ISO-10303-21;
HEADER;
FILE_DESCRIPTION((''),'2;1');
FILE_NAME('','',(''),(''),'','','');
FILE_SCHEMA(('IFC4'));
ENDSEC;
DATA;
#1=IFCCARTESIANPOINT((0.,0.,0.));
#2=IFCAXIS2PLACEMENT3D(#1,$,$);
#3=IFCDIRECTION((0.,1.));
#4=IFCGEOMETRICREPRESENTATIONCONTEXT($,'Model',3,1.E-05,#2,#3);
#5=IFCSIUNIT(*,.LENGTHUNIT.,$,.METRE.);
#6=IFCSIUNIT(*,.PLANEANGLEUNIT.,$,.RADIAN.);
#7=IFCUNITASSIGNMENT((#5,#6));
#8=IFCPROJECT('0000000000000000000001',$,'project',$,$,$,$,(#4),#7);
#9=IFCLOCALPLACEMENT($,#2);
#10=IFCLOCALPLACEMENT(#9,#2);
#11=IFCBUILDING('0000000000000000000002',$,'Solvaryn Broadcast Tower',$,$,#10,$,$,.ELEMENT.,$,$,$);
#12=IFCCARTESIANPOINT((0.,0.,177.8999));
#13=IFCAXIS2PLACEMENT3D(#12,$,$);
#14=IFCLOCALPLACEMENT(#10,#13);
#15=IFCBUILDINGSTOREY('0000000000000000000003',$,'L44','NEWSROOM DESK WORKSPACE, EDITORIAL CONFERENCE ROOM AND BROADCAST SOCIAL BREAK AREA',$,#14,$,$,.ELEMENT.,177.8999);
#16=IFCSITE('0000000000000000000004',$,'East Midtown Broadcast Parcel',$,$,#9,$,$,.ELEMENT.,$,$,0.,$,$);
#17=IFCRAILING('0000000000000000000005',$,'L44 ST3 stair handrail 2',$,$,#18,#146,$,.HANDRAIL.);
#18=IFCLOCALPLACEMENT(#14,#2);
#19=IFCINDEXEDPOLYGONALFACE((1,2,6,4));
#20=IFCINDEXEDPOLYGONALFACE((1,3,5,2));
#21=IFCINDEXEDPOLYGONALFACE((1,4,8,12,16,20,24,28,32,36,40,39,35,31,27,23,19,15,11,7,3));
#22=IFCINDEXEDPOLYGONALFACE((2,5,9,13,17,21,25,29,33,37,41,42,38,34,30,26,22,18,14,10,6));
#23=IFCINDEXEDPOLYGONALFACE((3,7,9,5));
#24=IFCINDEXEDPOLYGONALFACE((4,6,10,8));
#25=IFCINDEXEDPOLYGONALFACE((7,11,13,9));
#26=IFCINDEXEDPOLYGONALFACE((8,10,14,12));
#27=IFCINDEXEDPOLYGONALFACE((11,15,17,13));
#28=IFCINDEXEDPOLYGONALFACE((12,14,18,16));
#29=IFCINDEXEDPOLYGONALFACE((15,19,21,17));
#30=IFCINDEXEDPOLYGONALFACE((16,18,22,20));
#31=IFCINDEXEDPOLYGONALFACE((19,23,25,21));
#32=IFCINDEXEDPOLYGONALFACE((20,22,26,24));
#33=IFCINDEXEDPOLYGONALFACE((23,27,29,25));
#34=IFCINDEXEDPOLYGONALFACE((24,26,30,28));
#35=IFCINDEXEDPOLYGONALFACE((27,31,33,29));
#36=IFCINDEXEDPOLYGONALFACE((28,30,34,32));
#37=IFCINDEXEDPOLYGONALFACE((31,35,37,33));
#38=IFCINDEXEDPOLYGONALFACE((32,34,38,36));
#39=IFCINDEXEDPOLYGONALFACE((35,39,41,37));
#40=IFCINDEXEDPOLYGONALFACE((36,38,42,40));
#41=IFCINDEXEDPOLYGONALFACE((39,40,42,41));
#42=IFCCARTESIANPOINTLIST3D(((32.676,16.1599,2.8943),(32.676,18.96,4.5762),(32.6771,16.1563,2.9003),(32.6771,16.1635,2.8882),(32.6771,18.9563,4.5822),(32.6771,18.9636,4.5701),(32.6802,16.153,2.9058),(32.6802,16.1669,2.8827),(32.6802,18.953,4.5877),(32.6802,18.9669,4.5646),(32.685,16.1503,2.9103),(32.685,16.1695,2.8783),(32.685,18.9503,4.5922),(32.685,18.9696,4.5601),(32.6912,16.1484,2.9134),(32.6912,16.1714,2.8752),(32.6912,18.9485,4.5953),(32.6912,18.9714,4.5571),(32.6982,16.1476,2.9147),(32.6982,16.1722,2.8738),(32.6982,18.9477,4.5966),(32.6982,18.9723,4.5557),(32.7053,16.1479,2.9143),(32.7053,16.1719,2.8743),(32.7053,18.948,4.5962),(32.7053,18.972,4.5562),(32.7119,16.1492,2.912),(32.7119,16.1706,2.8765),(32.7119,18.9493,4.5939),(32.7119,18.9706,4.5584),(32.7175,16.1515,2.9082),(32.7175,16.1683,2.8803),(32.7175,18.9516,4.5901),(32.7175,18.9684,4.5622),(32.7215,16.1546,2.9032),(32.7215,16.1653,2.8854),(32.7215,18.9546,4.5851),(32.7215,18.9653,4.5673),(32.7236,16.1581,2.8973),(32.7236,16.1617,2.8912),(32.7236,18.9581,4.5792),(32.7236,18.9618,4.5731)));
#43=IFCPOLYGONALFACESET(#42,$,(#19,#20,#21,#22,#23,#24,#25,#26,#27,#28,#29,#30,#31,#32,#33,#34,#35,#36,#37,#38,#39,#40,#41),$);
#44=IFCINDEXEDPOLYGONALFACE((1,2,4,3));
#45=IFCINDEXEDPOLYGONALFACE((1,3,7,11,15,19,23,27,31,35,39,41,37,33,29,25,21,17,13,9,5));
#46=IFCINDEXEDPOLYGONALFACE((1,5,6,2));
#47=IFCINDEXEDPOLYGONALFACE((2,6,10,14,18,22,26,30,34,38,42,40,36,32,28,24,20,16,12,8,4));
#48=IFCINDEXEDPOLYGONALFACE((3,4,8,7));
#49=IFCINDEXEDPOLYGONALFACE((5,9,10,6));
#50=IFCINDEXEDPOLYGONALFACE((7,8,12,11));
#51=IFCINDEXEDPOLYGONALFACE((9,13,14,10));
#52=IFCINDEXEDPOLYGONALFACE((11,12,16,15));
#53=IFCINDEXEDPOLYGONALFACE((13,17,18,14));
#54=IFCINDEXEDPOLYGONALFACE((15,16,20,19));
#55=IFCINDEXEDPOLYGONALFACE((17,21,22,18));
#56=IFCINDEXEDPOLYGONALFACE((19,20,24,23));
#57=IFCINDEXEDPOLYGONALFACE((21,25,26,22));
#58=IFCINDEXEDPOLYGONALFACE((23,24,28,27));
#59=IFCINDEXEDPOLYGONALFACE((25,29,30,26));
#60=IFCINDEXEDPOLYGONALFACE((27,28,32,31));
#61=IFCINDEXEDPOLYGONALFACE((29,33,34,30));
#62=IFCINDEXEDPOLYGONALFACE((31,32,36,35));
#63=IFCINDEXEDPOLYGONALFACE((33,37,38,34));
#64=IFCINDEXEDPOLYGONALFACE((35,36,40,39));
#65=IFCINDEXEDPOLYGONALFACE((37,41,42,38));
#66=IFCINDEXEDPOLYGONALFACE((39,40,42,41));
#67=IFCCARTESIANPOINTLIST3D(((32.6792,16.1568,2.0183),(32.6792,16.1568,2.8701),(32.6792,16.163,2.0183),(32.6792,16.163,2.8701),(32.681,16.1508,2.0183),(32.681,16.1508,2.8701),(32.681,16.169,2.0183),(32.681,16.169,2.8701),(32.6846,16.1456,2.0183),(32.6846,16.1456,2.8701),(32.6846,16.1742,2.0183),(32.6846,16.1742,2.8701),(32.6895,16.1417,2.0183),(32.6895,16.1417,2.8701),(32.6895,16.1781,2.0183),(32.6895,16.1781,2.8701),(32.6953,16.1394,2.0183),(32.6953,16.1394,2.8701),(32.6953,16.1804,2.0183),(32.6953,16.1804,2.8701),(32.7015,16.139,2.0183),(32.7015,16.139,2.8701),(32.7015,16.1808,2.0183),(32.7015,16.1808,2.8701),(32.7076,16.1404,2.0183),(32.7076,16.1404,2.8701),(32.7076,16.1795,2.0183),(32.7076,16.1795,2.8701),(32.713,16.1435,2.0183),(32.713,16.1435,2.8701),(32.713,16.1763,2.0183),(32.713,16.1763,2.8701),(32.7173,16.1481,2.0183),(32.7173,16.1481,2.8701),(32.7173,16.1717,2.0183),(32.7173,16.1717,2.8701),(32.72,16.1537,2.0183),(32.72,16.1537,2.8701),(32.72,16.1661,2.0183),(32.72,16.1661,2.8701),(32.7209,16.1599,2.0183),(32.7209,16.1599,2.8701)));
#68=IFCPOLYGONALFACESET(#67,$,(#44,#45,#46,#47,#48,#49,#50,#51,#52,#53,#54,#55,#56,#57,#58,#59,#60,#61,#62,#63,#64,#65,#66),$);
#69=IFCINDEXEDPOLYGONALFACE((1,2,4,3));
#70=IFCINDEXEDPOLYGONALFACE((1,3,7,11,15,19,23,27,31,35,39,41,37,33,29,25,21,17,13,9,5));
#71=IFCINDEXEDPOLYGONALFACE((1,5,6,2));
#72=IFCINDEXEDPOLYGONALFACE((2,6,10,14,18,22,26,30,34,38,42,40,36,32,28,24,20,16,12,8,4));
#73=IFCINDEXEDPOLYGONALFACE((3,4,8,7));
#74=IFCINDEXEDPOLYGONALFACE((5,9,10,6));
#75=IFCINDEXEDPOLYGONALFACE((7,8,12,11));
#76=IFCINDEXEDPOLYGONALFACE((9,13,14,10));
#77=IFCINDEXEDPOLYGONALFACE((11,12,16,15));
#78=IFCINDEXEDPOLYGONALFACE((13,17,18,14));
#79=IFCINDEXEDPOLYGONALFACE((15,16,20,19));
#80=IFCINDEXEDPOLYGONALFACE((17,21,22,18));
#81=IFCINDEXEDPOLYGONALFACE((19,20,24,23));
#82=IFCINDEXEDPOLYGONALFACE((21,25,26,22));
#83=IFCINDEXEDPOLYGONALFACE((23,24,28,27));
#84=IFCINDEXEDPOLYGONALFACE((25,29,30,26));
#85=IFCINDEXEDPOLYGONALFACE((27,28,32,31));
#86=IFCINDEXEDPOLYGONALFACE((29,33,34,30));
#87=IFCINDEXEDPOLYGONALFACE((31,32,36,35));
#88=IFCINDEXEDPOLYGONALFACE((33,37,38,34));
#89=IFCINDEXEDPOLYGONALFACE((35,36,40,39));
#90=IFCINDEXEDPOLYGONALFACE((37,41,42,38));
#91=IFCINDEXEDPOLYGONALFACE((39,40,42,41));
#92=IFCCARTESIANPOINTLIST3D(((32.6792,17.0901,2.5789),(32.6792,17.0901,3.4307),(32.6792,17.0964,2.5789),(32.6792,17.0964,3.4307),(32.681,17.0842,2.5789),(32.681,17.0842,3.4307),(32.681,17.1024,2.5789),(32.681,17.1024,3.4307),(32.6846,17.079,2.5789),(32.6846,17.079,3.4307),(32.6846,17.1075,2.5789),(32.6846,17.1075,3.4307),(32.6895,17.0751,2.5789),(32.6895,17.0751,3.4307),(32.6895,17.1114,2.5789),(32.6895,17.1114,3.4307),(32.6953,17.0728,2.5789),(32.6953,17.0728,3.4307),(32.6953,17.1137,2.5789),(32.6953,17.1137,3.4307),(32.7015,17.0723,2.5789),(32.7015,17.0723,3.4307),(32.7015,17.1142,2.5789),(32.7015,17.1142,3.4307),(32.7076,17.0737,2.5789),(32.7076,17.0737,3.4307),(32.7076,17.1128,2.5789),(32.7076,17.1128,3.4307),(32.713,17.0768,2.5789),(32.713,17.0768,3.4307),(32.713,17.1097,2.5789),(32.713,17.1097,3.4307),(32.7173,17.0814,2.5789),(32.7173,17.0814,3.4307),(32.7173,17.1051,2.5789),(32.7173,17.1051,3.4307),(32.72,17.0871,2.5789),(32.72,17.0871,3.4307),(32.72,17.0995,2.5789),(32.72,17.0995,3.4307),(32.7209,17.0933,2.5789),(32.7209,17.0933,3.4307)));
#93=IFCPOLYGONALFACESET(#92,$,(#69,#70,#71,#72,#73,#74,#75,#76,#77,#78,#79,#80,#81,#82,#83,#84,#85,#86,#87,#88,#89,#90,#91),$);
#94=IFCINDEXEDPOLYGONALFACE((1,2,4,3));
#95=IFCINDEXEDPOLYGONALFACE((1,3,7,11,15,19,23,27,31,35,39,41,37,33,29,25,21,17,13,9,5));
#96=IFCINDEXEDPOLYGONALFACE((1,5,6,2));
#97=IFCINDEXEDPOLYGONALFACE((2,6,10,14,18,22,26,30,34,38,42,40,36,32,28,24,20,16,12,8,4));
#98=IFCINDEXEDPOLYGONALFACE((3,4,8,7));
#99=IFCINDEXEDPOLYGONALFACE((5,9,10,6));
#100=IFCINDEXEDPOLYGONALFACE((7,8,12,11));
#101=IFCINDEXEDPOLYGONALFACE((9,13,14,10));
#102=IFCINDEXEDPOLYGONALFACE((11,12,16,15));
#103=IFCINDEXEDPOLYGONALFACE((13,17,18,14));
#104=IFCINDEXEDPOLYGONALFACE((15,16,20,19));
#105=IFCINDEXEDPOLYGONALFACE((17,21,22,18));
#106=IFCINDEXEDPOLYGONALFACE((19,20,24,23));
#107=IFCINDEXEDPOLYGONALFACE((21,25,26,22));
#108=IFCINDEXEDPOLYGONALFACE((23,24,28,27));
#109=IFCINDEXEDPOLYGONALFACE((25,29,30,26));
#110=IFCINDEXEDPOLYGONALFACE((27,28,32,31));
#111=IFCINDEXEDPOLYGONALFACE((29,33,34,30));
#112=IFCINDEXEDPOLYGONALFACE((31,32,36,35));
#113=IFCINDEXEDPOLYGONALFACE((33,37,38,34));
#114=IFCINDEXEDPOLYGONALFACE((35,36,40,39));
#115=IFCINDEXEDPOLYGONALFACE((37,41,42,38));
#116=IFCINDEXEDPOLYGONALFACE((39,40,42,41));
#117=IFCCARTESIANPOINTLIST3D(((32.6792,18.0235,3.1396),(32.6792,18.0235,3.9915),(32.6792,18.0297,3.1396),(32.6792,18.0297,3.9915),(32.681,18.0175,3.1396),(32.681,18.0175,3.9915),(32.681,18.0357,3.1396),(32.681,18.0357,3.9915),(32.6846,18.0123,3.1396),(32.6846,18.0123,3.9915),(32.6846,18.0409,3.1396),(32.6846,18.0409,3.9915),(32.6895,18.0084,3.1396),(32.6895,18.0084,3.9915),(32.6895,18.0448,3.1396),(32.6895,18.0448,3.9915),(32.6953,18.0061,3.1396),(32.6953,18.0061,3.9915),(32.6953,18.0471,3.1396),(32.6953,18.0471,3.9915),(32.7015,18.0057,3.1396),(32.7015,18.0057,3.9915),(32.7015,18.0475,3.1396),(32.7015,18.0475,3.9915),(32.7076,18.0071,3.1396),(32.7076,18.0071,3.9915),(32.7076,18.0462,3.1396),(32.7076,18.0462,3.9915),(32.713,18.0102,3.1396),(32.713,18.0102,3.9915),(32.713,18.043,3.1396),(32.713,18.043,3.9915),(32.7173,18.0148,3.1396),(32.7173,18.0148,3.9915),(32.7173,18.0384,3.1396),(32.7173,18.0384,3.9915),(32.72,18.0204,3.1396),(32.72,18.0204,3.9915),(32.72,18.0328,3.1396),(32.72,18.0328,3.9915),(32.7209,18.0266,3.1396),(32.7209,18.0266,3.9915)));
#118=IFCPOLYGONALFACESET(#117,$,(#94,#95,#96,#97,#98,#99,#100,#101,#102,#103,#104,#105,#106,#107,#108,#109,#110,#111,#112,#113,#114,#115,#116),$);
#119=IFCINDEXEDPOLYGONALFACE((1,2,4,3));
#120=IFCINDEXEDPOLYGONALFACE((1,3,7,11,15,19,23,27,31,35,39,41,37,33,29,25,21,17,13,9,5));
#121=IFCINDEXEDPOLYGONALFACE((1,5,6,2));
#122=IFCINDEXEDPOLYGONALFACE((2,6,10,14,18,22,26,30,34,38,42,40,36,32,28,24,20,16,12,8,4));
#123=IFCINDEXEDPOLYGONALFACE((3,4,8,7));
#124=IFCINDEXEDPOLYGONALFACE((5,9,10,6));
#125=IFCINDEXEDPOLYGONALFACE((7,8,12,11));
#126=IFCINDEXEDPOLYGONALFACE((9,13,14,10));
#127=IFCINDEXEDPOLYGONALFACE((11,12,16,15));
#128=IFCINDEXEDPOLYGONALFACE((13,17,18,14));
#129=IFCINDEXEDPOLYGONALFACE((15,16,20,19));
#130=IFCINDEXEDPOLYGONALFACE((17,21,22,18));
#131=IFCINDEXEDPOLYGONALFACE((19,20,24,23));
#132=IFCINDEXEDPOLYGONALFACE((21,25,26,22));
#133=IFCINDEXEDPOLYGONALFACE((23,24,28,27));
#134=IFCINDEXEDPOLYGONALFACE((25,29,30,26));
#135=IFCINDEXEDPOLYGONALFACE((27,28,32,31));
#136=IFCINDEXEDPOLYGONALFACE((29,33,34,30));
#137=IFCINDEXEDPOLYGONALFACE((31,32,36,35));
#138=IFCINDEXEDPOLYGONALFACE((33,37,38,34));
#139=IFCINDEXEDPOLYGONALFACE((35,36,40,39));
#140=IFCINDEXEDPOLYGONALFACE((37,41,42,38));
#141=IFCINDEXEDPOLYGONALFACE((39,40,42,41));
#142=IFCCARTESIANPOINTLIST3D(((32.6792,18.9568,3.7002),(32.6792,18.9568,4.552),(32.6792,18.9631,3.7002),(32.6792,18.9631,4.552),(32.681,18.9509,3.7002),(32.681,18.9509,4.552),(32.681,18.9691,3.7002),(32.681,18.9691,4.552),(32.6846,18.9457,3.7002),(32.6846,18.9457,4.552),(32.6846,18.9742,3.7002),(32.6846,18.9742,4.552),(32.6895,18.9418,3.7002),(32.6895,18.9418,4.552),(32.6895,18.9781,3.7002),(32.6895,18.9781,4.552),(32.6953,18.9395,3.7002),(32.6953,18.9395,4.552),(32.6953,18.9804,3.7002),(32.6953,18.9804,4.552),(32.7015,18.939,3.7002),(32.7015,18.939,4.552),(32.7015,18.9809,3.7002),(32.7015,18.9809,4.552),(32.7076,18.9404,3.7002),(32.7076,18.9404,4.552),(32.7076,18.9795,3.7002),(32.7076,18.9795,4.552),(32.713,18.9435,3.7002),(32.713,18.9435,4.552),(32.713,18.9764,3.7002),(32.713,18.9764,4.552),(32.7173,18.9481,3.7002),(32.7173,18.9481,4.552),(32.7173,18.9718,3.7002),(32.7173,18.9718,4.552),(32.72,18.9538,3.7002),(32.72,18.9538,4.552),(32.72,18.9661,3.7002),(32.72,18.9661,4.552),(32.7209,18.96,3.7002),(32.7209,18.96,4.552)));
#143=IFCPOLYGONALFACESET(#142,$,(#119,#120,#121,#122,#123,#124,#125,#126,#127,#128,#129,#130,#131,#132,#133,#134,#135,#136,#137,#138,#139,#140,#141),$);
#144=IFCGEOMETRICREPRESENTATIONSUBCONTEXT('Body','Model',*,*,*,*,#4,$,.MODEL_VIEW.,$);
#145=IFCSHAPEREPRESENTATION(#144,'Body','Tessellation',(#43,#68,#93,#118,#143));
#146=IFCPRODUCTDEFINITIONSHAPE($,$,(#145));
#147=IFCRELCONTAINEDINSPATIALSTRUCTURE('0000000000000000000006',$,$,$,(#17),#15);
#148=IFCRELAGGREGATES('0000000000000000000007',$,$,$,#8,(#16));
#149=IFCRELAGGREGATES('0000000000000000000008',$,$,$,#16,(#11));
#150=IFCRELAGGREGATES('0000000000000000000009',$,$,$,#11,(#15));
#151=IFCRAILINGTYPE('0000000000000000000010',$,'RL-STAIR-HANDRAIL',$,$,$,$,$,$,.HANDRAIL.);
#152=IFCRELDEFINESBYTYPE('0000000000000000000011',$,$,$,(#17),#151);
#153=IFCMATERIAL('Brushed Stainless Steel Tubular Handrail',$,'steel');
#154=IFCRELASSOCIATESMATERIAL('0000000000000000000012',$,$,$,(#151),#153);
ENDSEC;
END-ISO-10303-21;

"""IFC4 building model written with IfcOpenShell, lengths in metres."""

from ifc_helpers import new_model, si_unit, direction, frame, origin, origin_2d, place, context, subcontext, project, spatial, circle, extrude, material, type_object, element, save


model = new_model("IFC4")

# Units and contexts
model_context = context("Model", 3, precision=1e-05, world=origin(), true_north=direction((0.0, 1.0)))
body_context = subcontext(model_context, "Body", "Model", "MODEL_VIEW")
ifc_project = project(units=[si_unit("LENGTHUNIT", "METRE"), si_unit("PLANEANGLEUNIT", "RADIAN")], contexts=[model_context])

# Site, building, storey
site_placement = place(None, origin())
site = spatial("IfcSite", under=ifc_project, at=site_placement, Name="East Midtown Broadcast Parcel", CompositionType="ELEMENT", RefElevation=0.0)
building_placement = place(site_placement, origin())
building = spatial("IfcBuilding", under=site, at=building_placement, Name="Solvaryn Broadcast Tower", CompositionType="ELEMENT")
storey_placement = place(building_placement, frame((0.0, 0.0, 177.8999)))
storey = spatial("IfcBuildingStorey", under=building, at=storey_placement, Name="L44", Description="NEWSROOM DESK WORKSPACE, EDITORIAL CONFERENCE ROOM AND BROADCAST SOCIAL BREAK AREA", CompositionType="ELEMENT", Elevation=177.8999)

# Railing
ifc_material_1 = material(Name="Brushed Stainless Steel Tubular Handrail", Category="steel")
railing_type_1 = type_object("IfcRailingType", Name="RL-STAIR-HANDRAIL", PredefinedType="HANDRAIL", material=ifc_material_1)
railing_1_placement = place(storey_placement, frame((32.7, 16.1599, 2.0183)))
element("IfcRailing", 1, at=railing_1_placement, inside=storey, type_object=railing_type_1, Name="L44 ST3 stair handrail 2", PredefinedType="HANDRAIL", context=body_context, shape_type="SweptSolid", body=[
    extrude(circle(Radius=0.0239, at=origin_2d()), frame((0.0, 0.0, 0.876), z_axis=(0.0, 0.857242, 0.514913), x_axis=(-1.0, 0.0, 0.0)), (0.0, 0.0, 1.0), 3.2664),
    extrude(circle(Radius=0.021, at=origin_2d()), origin(), (0.0, 0.0, 1.0), 0.8518),
    extrude(circle(Radius=0.021, at=origin_2d()), frame((0.0, 0.9333, 0.5605)), (0.0, 0.0, 1.0), 0.8518),
    extrude(circle(Radius=0.021, at=origin_2d()), frame((0.0, 1.8667, 1.1213)), (0.0, 0.0, 1.0), 0.8518),
    extrude(circle(Radius=0.021, at=origin_2d()), frame((0.0, 2.8, 1.6819)), (0.0, 0.0, 1.0), 0.8518),
])

save(model, "model.ifc")
